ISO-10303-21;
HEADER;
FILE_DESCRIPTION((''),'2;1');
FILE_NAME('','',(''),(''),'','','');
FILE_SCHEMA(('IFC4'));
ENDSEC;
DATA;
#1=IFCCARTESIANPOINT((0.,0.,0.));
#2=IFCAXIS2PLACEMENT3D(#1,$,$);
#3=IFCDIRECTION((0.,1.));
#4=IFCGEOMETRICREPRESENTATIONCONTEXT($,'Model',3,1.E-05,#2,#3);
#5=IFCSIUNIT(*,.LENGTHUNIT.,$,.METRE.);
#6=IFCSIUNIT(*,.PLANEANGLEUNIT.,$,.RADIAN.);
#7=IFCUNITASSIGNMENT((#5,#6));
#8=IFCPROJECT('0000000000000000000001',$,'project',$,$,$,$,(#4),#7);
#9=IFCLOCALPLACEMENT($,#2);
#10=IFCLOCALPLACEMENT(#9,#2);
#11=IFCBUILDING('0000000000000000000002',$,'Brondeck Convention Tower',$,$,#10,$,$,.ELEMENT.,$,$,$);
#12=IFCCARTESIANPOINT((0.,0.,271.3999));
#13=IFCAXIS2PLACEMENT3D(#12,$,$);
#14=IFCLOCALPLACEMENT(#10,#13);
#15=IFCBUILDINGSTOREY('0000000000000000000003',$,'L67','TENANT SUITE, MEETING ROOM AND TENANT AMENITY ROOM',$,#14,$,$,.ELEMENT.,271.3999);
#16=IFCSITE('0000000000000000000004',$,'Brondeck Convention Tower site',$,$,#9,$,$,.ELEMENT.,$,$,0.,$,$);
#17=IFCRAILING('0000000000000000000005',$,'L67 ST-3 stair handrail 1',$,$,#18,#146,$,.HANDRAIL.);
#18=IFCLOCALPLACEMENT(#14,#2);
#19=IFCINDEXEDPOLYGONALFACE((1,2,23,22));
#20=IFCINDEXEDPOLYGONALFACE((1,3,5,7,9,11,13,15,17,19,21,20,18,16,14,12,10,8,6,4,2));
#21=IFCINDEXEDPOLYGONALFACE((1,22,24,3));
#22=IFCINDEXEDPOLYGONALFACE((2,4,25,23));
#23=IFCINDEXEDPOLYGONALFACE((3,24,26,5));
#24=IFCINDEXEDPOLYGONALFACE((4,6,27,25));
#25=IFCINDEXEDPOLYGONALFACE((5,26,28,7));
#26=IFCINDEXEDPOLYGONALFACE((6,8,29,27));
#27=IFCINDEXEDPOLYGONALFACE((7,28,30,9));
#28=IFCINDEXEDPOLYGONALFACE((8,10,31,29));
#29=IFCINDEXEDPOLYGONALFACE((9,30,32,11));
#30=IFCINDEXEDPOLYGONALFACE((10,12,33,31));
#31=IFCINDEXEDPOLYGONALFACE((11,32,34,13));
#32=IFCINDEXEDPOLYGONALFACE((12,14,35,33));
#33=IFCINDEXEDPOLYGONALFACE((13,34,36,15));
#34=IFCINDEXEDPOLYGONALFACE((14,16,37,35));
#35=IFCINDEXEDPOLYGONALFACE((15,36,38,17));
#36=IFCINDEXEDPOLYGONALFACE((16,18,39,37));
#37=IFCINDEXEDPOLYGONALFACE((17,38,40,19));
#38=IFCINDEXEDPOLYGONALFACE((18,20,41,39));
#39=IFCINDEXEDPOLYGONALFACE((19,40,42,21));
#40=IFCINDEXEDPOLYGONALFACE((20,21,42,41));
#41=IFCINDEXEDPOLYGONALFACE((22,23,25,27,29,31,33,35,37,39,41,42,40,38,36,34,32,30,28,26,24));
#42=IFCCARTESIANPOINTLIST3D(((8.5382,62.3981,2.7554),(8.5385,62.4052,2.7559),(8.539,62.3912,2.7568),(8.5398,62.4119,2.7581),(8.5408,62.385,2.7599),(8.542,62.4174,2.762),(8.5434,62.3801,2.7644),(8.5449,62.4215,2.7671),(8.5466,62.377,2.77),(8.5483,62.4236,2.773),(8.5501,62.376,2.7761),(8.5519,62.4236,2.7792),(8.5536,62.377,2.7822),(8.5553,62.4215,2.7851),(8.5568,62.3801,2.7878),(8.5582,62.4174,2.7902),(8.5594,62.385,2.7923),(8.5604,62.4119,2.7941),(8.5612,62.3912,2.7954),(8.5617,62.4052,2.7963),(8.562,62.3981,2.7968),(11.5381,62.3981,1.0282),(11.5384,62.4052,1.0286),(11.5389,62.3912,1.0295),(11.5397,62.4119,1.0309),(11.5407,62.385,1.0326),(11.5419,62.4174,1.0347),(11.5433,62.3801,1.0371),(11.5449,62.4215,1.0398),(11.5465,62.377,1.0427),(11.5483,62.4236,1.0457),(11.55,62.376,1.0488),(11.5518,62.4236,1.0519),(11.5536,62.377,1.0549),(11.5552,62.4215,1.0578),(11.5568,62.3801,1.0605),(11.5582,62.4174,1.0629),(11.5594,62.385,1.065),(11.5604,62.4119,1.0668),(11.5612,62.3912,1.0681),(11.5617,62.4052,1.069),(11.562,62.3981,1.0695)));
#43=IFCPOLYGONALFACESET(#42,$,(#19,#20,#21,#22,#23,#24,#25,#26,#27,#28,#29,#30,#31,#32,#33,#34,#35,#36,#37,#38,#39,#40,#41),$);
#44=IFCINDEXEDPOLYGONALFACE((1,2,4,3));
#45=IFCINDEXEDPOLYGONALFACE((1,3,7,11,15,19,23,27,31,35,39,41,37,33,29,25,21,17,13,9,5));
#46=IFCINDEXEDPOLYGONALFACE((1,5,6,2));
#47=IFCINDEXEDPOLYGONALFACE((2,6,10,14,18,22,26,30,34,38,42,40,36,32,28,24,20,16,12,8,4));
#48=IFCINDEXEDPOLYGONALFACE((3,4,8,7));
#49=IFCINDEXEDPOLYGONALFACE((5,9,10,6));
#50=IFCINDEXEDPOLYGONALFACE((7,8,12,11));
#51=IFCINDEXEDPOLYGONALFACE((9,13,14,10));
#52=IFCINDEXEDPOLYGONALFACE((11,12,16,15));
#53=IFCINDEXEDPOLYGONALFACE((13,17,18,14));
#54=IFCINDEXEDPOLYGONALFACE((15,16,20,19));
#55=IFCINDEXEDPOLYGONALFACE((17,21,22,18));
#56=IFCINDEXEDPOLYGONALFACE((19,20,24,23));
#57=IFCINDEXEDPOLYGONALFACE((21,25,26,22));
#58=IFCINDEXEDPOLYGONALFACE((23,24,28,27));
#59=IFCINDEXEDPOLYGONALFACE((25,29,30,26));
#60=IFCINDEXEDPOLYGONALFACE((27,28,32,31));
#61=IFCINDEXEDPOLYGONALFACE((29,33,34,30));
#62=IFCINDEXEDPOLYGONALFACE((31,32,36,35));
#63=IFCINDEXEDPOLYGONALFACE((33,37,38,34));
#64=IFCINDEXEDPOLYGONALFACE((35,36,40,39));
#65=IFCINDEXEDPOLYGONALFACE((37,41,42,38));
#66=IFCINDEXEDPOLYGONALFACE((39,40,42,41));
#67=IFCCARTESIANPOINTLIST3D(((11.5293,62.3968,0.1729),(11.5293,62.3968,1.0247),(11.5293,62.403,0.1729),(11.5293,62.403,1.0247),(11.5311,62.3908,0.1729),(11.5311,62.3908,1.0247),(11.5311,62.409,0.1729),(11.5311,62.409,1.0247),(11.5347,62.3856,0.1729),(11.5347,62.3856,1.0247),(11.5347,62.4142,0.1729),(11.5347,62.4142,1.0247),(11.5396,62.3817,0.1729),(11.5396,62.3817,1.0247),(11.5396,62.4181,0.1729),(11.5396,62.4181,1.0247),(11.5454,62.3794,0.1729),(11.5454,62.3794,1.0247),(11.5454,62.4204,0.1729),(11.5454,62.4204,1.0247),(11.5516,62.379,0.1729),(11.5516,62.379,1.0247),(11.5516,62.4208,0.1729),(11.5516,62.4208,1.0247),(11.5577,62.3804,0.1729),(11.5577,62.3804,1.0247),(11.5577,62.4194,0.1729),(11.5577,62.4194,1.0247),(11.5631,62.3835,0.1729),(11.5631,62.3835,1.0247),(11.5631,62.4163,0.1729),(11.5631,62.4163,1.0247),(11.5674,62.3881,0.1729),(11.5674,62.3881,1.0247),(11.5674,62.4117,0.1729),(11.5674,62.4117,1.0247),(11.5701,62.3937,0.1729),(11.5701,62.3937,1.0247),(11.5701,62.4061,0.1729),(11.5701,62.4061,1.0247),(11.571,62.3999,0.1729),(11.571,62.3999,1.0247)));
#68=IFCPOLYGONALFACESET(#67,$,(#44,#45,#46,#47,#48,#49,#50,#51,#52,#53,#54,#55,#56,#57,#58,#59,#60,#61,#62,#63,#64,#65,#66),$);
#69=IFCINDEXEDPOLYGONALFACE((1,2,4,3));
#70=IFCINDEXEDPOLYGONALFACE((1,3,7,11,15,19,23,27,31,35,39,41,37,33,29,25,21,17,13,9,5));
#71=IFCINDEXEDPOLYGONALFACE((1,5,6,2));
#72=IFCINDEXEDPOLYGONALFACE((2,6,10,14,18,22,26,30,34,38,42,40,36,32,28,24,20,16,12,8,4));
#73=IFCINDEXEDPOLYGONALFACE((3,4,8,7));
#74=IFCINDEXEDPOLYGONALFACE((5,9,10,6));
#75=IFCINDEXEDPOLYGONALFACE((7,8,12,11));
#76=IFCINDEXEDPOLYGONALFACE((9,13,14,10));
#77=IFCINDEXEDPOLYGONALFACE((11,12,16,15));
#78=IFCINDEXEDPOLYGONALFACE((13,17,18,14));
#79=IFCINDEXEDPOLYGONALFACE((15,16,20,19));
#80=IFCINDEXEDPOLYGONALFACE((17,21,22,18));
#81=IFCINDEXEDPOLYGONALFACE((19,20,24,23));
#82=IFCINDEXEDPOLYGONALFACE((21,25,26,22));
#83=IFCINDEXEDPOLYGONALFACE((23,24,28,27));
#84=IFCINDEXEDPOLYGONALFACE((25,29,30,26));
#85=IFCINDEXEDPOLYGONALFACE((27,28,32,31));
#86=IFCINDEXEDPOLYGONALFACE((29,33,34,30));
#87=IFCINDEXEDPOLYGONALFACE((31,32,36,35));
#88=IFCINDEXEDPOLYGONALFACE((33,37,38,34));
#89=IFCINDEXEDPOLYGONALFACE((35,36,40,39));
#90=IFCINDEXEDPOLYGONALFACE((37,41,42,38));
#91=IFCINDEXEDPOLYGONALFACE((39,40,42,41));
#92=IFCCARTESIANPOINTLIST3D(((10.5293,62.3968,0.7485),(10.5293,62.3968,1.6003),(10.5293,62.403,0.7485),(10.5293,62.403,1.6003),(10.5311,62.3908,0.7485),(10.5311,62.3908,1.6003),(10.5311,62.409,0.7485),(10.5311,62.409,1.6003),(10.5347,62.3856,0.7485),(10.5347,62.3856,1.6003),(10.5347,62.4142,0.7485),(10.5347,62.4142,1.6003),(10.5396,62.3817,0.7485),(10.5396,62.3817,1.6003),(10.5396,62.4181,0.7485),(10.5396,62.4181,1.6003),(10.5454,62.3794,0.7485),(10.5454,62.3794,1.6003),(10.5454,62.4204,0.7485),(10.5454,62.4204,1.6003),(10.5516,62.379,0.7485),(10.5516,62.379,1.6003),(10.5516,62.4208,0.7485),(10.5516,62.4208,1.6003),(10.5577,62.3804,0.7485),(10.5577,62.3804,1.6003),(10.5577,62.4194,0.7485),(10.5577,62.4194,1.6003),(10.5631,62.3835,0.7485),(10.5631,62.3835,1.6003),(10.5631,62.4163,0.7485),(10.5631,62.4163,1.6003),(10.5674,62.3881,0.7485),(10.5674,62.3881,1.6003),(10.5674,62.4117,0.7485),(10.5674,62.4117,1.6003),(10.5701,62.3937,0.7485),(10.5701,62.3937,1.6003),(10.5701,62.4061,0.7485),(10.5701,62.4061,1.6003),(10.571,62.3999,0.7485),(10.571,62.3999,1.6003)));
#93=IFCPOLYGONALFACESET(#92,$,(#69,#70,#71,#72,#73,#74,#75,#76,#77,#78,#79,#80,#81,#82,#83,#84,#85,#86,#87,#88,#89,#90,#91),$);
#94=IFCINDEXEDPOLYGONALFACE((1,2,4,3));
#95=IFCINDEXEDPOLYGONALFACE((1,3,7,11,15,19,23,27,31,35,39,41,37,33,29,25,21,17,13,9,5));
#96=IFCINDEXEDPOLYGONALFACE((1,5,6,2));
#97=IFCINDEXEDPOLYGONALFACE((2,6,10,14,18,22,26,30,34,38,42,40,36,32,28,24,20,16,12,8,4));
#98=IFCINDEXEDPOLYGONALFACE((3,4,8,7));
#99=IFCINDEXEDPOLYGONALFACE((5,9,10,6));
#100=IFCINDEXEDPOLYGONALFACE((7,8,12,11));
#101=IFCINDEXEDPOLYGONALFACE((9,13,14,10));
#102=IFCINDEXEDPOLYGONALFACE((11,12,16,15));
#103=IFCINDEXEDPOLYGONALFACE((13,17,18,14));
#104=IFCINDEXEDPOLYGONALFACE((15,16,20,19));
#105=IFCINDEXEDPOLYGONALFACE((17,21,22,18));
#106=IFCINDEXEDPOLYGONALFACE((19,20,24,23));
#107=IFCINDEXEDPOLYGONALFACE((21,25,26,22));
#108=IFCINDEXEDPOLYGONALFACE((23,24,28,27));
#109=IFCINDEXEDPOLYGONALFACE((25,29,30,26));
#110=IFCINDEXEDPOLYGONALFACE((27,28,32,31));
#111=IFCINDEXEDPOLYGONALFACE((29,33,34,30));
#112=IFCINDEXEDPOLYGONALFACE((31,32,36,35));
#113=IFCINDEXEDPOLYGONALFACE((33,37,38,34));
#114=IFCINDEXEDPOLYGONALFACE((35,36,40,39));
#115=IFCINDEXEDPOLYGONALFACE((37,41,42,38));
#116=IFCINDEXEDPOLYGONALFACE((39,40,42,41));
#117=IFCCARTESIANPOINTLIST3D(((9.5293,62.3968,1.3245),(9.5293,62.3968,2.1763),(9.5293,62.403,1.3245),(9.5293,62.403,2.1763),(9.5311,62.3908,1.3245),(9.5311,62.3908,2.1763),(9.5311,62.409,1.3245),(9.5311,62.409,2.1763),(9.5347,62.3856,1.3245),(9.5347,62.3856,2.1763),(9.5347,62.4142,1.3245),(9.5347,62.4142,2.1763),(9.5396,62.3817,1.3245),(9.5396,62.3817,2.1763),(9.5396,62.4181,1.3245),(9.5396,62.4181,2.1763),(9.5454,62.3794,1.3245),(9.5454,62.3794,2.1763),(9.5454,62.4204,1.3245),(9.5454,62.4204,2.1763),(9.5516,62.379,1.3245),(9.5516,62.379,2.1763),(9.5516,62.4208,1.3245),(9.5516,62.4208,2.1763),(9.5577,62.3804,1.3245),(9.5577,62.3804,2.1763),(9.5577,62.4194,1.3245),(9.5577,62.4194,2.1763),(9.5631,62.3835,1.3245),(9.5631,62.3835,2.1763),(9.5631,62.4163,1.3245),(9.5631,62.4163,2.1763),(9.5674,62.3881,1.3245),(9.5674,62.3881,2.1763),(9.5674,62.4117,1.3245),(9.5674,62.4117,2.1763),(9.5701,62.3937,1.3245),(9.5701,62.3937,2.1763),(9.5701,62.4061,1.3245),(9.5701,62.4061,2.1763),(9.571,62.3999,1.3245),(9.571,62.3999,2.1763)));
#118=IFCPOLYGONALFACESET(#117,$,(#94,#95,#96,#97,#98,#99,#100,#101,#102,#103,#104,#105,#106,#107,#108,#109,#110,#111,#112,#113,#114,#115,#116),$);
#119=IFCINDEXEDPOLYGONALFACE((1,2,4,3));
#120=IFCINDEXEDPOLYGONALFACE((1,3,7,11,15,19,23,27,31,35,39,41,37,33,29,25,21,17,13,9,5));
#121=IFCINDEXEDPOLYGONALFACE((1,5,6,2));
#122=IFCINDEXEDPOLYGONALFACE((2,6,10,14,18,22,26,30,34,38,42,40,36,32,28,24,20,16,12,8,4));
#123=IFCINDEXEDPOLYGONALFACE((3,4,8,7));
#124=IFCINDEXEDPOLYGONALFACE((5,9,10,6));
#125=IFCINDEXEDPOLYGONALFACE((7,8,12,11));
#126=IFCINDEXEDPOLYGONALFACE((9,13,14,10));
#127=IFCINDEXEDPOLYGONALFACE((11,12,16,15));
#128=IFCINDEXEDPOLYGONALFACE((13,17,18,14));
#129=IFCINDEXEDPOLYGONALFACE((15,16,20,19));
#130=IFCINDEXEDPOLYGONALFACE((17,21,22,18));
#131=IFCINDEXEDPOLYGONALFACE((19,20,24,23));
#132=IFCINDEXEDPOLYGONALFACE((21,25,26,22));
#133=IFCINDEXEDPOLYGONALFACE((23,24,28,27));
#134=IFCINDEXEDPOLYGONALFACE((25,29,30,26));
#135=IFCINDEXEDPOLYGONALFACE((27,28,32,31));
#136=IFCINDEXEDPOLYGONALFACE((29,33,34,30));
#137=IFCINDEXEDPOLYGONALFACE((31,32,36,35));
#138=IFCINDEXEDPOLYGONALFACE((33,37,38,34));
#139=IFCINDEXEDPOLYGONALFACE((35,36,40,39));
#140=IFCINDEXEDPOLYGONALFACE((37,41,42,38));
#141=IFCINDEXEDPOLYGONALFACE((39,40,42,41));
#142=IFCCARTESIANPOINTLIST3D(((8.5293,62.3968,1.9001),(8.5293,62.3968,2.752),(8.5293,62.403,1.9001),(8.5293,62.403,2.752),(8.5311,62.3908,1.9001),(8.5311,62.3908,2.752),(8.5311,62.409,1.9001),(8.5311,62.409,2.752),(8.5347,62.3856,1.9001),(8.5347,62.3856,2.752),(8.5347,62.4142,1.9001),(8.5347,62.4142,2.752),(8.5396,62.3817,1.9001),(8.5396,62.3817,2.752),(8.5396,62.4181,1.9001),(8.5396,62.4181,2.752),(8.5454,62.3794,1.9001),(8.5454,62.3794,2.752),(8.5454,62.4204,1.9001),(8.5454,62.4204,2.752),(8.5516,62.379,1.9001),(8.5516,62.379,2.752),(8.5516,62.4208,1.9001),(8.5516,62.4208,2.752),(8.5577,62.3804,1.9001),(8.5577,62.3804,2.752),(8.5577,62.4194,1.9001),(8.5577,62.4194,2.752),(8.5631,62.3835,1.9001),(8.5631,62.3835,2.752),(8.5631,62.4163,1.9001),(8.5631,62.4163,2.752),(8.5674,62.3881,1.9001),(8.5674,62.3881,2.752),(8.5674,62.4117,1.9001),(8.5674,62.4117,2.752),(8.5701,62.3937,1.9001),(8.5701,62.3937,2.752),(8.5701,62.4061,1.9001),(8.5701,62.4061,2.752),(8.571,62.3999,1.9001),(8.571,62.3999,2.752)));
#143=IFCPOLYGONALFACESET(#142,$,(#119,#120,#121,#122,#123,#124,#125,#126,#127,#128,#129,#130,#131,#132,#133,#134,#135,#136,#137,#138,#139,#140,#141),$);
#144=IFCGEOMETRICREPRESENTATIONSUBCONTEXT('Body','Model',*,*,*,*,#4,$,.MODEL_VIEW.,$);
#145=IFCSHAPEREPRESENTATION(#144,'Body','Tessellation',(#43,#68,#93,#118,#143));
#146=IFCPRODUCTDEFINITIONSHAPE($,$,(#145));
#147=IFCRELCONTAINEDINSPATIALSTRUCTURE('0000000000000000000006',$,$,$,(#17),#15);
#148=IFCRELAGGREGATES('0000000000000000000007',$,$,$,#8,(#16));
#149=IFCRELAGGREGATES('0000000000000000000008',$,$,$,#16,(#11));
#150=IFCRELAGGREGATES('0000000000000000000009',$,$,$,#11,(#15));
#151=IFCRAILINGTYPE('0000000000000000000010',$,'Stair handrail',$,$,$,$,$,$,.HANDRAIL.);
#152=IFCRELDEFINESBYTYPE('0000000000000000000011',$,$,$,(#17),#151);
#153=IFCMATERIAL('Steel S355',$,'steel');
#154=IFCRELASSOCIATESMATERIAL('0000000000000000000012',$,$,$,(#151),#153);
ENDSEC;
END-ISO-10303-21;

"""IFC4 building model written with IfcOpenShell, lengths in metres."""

from ifc_helpers import new_model, si_unit, direction, frame, origin, origin_2d, place, context, subcontext, project, spatial, circle, extrude, material, type_object, element, save


model = new_model("IFC4")

# Units and contexts
model_context = context("Model", 3, precision=1e-05, world=origin(), true_north=direction((0.0, 1.0)))
body_context = subcontext(model_context, "Body", "Model", "MODEL_VIEW")
ifc_project = project(units=[si_unit("LENGTHUNIT", "METRE"), si_unit("PLANEANGLEUNIT", "RADIAN")], contexts=[model_context])

# Site, building, storey
site_placement = place(None, origin())
site = spatial("IfcSite", under=ifc_project, at=site_placement, Name="Brondeck Convention Tower site", CompositionType="ELEMENT", RefElevation=0.0)
building_placement = place(site_placement, origin())
building = spatial("IfcBuilding", under=site, at=building_placement, Name="Brondeck Convention Tower", CompositionType="ELEMENT")
storey_placement = place(building_placement, frame((0.0, 0.0, 271.3999)))
storey = spatial("IfcBuildingStorey", under=building, at=storey_placement, Name="L67", Description="TENANT SUITE, MEETING ROOM AND TENANT AMENITY ROOM", CompositionType="ELEMENT", Elevation=271.3999)

# Railing
ifc_material_1 = material(Name="Steel S355", Category="steel")
railing_type_1 = type_object("IfcRailingType", Name="Stair handrail", PredefinedType="HANDRAIL", material=ifc_material_1)
railing_1_placement = place(storey_placement, frame((11.55, 62.3999, 0.1729)))
element("IfcRailing", 1, at=railing_1_placement, inside=storey, type_object=railing_type_1, Name="L67 ST-3 stair handrail 1", PredefinedType="HANDRAIL", context=body_context, shape_type="SweptSolid", body=[
    extrude(circle(Radius=0.0239, at=origin_2d()), frame((0.0, 0.0, 0.876), z_axis=(-0.86662, 0.0, 0.498969), x_axis=(0.0, -1.0, 0.0)), (0.0, 0.0, 1.0), 3.4617),
    extrude(circle(Radius=0.021, at=origin_2d()), origin(), (0.0, 0.0, 1.0), 0.8518),
    extrude(circle(Radius=0.021, at=origin_2d()), frame((-1.0, 0.0, 0.5757)), (0.0, 0.0, 1.0), 0.8518),
    extrude(circle(Radius=0.021, at=origin_2d()), frame((-2.0, 0.0, 1.1516)), (0.0, 0.0, 1.0), 0.8518),
    extrude(circle(Radius=0.021, at=origin_2d()), frame((-3.0, 0.0, 1.7273)), (0.0, 0.0, 1.0), 0.8518),
])

save(model, "model.ifc")
